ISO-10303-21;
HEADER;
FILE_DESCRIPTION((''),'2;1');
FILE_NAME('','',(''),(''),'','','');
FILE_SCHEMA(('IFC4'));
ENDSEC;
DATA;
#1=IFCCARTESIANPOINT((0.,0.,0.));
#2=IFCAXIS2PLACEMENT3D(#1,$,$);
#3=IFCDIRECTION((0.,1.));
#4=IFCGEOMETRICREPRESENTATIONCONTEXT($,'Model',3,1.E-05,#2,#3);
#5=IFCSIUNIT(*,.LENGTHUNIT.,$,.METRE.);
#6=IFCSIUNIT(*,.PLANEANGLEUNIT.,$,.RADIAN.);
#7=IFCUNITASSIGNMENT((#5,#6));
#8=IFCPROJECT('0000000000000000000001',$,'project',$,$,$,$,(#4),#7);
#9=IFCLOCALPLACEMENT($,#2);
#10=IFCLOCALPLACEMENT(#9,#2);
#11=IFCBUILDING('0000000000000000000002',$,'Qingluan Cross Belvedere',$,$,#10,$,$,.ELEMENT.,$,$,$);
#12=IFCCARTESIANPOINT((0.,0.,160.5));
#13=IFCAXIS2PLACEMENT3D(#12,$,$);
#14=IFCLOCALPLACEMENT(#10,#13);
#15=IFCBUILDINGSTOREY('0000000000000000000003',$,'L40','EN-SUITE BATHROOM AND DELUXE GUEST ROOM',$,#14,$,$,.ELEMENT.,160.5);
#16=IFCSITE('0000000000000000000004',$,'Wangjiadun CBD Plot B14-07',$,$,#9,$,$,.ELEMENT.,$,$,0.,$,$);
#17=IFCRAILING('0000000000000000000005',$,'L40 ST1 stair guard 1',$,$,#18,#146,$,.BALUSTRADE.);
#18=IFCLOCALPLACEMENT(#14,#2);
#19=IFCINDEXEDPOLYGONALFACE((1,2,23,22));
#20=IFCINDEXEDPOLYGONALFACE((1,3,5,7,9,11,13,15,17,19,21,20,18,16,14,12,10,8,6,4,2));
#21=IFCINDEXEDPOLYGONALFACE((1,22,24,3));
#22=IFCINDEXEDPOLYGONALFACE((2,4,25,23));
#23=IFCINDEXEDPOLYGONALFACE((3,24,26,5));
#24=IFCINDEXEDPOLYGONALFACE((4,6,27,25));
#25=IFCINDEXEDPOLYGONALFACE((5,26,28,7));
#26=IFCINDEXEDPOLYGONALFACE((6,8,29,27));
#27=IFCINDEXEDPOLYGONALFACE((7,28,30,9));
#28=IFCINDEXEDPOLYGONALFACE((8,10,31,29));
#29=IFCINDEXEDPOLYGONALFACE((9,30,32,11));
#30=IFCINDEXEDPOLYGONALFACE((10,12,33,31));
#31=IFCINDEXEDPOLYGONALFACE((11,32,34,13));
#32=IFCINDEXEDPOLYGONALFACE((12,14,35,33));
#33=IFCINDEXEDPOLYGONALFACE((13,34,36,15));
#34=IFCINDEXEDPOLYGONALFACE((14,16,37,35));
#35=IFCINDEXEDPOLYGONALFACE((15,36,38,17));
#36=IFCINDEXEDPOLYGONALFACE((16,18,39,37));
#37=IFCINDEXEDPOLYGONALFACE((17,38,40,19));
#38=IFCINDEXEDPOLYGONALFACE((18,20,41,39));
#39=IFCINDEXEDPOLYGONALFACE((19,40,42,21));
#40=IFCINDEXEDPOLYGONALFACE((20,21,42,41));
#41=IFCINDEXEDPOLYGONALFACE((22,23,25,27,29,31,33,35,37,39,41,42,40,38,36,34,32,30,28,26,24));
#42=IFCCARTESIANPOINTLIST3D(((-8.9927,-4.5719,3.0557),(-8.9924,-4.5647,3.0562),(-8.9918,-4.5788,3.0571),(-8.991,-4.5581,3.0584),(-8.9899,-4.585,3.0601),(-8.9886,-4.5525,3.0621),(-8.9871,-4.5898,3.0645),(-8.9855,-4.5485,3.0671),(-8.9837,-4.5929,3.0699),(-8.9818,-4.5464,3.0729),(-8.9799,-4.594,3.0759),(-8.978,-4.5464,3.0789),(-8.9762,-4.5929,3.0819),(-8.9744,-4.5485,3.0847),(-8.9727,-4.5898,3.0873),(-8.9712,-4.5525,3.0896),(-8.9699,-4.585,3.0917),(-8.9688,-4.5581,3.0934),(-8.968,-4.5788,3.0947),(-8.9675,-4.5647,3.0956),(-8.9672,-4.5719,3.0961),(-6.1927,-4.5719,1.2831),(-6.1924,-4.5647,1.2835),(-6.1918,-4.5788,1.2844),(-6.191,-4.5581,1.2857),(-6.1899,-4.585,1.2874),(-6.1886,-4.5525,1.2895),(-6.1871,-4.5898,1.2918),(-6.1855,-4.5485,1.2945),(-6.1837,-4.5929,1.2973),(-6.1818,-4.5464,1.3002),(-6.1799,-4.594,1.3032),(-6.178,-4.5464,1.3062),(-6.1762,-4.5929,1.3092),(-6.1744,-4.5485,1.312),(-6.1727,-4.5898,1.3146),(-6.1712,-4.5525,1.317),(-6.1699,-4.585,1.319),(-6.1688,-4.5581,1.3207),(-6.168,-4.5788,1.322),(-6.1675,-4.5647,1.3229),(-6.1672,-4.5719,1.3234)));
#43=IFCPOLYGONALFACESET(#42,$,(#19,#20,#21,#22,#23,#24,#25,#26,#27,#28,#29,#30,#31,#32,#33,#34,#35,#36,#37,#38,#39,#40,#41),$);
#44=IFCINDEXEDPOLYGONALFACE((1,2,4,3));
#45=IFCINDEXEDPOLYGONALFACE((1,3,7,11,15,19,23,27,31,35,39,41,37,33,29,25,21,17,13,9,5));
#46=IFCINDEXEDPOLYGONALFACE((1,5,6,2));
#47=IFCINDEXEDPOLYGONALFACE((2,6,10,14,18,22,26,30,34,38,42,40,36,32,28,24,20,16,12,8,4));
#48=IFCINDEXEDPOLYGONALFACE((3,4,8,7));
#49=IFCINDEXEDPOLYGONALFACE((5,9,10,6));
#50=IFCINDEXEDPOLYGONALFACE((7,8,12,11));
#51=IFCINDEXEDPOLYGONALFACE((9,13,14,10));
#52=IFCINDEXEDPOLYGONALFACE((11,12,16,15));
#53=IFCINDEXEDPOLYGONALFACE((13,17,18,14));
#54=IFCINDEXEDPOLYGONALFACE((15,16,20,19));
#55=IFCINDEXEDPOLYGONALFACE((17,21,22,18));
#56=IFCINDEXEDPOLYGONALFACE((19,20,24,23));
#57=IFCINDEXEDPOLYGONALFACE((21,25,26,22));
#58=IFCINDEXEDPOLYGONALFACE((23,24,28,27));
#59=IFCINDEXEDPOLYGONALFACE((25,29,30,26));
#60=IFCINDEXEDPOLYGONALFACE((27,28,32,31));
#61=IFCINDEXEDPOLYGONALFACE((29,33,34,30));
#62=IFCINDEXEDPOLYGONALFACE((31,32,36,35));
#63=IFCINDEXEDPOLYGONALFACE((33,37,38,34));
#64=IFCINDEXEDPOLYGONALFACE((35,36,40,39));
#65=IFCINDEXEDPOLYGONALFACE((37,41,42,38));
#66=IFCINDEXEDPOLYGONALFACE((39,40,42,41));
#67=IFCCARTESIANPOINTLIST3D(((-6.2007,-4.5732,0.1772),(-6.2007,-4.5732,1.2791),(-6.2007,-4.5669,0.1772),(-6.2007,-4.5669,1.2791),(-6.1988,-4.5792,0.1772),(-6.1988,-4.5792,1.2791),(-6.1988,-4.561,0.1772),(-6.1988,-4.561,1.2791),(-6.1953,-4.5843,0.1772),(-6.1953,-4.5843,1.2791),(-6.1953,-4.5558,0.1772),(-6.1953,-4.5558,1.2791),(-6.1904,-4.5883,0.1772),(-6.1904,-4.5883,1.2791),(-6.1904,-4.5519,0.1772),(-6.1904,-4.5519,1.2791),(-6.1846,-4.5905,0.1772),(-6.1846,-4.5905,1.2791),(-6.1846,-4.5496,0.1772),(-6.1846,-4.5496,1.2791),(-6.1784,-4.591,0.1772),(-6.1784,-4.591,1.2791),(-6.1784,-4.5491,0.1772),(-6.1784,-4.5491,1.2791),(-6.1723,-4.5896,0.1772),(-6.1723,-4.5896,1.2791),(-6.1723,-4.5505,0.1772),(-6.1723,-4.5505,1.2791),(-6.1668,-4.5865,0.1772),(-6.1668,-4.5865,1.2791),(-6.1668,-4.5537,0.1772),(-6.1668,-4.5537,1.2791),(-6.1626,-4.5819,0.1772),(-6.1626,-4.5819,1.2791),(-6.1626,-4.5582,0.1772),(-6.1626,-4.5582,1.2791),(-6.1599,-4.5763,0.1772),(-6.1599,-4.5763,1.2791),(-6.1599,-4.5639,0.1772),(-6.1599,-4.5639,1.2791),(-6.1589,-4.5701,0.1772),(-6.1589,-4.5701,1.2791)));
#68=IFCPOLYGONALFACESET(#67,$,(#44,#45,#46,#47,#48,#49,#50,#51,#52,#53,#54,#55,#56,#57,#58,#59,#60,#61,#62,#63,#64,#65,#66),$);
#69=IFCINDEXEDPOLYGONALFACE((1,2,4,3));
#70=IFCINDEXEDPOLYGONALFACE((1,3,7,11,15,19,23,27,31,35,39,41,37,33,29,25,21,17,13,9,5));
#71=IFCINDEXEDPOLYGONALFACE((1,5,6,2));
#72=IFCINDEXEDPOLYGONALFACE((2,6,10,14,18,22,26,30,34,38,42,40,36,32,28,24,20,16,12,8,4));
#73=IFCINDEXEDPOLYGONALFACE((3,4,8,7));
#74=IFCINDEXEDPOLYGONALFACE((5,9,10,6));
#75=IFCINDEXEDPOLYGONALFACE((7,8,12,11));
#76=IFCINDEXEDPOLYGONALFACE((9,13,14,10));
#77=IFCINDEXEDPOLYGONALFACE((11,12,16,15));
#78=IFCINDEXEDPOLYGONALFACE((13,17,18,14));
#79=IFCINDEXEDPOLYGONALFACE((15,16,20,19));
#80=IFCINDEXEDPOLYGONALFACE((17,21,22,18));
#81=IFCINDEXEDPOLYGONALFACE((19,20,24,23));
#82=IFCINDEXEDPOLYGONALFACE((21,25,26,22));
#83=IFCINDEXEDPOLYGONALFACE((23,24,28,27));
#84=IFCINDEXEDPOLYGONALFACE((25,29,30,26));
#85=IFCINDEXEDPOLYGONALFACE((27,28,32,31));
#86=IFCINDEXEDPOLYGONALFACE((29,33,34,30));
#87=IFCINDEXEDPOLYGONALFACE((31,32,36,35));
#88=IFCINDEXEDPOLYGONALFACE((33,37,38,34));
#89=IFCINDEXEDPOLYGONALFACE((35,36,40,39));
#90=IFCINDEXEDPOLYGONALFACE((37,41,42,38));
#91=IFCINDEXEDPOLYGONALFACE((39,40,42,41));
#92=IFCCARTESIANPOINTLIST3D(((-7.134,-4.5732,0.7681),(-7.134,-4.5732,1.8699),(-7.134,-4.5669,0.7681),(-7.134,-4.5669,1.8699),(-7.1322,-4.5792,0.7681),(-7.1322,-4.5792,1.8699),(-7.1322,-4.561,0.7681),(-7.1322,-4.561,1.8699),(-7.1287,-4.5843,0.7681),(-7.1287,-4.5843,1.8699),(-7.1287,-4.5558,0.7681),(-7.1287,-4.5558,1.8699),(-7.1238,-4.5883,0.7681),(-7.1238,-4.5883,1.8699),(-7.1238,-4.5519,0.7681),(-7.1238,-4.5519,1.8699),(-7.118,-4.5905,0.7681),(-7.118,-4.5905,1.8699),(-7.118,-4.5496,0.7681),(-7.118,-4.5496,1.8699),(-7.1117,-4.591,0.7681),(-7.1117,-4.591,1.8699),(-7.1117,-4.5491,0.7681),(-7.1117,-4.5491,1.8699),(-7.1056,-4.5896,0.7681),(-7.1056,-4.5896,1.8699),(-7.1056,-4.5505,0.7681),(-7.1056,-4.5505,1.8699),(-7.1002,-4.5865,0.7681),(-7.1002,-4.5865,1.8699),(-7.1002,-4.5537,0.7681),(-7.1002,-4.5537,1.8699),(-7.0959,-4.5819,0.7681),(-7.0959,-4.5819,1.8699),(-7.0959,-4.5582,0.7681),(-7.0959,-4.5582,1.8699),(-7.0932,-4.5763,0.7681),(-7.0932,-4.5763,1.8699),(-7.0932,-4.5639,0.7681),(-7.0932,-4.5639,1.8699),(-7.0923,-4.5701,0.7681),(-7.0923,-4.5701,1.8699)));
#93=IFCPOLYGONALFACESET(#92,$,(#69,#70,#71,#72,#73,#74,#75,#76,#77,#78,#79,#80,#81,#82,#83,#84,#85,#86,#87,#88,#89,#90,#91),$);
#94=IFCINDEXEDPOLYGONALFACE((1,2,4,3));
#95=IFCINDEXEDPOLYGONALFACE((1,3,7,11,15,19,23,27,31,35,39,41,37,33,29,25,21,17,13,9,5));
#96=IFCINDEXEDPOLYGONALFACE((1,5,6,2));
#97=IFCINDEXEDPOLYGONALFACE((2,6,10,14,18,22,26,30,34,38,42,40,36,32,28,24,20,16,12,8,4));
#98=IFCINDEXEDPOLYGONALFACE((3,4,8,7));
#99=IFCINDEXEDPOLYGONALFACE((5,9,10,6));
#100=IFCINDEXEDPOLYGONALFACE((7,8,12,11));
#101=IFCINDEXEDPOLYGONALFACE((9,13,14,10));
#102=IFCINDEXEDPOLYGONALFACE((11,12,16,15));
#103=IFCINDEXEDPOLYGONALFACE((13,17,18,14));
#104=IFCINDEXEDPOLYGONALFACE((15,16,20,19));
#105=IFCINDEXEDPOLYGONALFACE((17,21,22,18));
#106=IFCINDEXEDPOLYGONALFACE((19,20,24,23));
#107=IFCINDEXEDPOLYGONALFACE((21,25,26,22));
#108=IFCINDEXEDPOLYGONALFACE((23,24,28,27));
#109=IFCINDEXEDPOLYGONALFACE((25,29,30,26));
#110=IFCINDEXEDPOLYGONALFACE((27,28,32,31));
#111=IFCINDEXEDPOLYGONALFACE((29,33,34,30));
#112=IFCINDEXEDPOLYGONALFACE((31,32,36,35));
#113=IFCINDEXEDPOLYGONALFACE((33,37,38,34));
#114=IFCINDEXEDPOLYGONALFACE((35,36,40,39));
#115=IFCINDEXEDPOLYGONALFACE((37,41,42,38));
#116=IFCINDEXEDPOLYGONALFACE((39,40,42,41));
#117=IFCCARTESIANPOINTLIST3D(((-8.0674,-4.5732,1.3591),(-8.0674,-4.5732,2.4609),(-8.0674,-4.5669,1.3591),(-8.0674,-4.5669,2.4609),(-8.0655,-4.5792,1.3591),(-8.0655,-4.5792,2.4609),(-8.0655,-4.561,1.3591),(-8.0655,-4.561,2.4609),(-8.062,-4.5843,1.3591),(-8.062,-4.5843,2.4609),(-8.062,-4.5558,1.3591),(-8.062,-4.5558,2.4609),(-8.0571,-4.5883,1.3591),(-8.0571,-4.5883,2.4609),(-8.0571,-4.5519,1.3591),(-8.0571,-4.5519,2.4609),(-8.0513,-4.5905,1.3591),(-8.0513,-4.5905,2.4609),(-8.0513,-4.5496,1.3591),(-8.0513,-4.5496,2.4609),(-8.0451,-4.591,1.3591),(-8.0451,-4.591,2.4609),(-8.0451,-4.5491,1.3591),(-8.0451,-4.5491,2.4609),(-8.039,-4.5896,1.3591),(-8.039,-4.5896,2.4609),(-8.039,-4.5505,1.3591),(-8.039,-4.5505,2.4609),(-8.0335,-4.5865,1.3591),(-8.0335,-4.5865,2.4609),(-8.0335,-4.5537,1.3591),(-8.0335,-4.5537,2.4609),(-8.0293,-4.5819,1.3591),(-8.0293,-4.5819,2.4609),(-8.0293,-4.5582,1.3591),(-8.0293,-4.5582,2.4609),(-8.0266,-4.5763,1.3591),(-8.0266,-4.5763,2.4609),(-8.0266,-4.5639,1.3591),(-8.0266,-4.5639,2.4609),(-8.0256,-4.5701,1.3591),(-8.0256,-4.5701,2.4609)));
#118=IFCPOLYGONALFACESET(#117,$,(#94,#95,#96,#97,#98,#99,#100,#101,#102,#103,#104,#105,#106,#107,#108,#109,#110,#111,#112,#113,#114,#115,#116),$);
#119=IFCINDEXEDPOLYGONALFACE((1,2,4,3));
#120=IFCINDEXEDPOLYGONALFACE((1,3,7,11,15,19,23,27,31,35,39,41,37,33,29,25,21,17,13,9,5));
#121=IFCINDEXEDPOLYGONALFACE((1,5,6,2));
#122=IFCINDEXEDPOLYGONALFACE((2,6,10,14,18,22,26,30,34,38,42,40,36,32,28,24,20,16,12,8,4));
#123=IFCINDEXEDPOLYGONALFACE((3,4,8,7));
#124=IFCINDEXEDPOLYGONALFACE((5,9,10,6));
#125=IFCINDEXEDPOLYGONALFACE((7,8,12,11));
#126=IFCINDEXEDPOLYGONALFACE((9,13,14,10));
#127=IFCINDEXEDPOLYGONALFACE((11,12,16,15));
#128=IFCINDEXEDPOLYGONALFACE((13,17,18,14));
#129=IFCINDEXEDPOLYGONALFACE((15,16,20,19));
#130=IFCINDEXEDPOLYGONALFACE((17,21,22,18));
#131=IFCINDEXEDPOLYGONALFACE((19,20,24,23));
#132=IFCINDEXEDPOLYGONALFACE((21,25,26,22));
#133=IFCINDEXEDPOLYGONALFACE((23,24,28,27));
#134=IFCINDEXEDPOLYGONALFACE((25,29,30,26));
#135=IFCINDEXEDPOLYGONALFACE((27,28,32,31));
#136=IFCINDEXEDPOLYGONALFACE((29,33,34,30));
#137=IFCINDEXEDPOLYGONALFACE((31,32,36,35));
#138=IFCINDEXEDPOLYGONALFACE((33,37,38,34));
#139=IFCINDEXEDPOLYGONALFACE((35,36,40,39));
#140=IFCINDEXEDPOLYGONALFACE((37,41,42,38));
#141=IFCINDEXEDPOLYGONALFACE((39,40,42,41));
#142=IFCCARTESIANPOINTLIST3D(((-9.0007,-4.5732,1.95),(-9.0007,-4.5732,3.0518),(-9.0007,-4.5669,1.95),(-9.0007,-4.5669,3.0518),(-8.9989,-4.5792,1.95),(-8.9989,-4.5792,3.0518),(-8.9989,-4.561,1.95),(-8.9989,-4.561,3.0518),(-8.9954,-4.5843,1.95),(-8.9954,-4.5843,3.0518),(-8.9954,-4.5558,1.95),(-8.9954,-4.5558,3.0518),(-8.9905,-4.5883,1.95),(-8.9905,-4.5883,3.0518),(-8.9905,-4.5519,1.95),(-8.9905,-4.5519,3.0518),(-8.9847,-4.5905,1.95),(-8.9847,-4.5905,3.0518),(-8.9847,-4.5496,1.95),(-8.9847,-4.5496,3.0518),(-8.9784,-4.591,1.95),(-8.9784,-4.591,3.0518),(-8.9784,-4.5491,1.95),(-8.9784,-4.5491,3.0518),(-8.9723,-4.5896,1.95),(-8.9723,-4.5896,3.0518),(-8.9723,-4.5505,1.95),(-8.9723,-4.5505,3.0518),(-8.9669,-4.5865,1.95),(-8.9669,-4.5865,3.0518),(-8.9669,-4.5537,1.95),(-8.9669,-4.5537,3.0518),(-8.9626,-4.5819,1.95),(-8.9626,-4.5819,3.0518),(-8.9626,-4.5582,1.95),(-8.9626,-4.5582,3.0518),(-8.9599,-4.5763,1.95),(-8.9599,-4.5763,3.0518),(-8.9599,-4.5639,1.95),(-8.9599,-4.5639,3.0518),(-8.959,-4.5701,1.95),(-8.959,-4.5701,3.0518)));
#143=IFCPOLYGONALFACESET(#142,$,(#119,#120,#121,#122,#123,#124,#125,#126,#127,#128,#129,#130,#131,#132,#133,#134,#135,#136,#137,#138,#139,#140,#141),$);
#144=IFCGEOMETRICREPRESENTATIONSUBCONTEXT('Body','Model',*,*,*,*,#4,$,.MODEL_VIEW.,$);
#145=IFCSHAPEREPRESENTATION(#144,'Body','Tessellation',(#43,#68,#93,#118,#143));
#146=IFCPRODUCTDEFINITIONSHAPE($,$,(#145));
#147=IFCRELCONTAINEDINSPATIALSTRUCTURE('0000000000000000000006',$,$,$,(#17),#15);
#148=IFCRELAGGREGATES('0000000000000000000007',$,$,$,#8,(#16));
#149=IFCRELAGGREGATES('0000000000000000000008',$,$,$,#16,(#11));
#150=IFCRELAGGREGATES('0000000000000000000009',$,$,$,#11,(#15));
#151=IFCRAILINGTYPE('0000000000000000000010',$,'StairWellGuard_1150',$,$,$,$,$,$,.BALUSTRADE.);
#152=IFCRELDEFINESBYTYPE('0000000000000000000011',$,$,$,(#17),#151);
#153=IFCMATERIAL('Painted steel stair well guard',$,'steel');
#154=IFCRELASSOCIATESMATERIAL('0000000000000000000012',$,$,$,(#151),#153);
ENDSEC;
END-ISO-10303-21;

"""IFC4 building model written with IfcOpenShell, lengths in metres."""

from ifc_helpers import new_model, si_unit, direction, frame, origin, origin_2d, place, context, subcontext, project, spatial, circle, extrude, material, type_object, element, save


model = new_model("IFC4")

# Units and contexts
model_context = context("Model", 3, precision=1e-05, world=origin(), true_north=direction((0.0, 1.0)))
body_context = subcontext(model_context, "Body", "Model", "MODEL_VIEW")
ifc_project = project(units=[si_unit("LENGTHUNIT", "METRE"), si_unit("PLANEANGLEUNIT", "RADIAN")], contexts=[model_context])

# Site, building, storey
site_placement = place(None, origin())
site = spatial("IfcSite", under=ifc_project, at=site_placement, Name="Wangjiadun CBD Plot B14-07", CompositionType="ELEMENT", RefElevation=0.0)
building_placement = place(site_placement, origin())
building = spatial("IfcBuilding", under=site, at=building_placement, Name="Qingluan Cross Belvedere", CompositionType="ELEMENT")
storey_placement = place(building_placement, frame((0.0, 0.0, 160.5)))
storey = spatial("IfcBuildingStorey", under=building, at=storey_placement, Name="L40", Description="EN-SUITE BATHROOM AND DELUXE GUEST ROOM", CompositionType="ELEMENT", Elevation=160.5)

# Railing
ifc_material_1 = material(Name="Painted steel stair well guard", Category="steel")
railing_type_1 = type_object("IfcRailingType", Name="StairWellGuard_1150", PredefinedType="BALUSTRADE", material=ifc_material_1)
railing_1_placement = place(storey_placement, frame((-6.1799, -4.5701, 0.1772)))
element("IfcRailing", 1, at=railing_1_placement, inside=storey, type_object=railing_type_1, Name="L40 ST1 stair guard 1", PredefinedType="BALUSTRADE", context=body_context, shape_type="SweptSolid", body=[
    extrude(circle(Radius=0.0239, at=origin_2d()), frame((0.0, 0.0, 1.126), z_axis=(-0.844909, 0.0, 0.53491), x_axis=(0.0, -1.0, 0.0)), (0.0, 0.0, 1.0), 3.314),
    extrude(circle(Radius=0.021, at=origin_2d()), origin(), (0.0, 0.0, 1.0), 1.1018),
    extrude(circle(Radius=0.021, at=origin_2d()), frame((-0.9333, 0.0, 0.5908)), (0.0, 0.0, 1.0), 1.1018),
    extrude(circle(Radius=0.021, at=origin_2d()), frame((-1.8667, 0.0, 1.1819)), (0.0, 0.0, 1.0), 1.1018),
    extrude(circle(Radius=0.021, at=origin_2d()), frame((-2.8, 0.0, 1.7727)), (0.0, 0.0, 1.0), 1.1018),
])

save(model, "model.ifc")
